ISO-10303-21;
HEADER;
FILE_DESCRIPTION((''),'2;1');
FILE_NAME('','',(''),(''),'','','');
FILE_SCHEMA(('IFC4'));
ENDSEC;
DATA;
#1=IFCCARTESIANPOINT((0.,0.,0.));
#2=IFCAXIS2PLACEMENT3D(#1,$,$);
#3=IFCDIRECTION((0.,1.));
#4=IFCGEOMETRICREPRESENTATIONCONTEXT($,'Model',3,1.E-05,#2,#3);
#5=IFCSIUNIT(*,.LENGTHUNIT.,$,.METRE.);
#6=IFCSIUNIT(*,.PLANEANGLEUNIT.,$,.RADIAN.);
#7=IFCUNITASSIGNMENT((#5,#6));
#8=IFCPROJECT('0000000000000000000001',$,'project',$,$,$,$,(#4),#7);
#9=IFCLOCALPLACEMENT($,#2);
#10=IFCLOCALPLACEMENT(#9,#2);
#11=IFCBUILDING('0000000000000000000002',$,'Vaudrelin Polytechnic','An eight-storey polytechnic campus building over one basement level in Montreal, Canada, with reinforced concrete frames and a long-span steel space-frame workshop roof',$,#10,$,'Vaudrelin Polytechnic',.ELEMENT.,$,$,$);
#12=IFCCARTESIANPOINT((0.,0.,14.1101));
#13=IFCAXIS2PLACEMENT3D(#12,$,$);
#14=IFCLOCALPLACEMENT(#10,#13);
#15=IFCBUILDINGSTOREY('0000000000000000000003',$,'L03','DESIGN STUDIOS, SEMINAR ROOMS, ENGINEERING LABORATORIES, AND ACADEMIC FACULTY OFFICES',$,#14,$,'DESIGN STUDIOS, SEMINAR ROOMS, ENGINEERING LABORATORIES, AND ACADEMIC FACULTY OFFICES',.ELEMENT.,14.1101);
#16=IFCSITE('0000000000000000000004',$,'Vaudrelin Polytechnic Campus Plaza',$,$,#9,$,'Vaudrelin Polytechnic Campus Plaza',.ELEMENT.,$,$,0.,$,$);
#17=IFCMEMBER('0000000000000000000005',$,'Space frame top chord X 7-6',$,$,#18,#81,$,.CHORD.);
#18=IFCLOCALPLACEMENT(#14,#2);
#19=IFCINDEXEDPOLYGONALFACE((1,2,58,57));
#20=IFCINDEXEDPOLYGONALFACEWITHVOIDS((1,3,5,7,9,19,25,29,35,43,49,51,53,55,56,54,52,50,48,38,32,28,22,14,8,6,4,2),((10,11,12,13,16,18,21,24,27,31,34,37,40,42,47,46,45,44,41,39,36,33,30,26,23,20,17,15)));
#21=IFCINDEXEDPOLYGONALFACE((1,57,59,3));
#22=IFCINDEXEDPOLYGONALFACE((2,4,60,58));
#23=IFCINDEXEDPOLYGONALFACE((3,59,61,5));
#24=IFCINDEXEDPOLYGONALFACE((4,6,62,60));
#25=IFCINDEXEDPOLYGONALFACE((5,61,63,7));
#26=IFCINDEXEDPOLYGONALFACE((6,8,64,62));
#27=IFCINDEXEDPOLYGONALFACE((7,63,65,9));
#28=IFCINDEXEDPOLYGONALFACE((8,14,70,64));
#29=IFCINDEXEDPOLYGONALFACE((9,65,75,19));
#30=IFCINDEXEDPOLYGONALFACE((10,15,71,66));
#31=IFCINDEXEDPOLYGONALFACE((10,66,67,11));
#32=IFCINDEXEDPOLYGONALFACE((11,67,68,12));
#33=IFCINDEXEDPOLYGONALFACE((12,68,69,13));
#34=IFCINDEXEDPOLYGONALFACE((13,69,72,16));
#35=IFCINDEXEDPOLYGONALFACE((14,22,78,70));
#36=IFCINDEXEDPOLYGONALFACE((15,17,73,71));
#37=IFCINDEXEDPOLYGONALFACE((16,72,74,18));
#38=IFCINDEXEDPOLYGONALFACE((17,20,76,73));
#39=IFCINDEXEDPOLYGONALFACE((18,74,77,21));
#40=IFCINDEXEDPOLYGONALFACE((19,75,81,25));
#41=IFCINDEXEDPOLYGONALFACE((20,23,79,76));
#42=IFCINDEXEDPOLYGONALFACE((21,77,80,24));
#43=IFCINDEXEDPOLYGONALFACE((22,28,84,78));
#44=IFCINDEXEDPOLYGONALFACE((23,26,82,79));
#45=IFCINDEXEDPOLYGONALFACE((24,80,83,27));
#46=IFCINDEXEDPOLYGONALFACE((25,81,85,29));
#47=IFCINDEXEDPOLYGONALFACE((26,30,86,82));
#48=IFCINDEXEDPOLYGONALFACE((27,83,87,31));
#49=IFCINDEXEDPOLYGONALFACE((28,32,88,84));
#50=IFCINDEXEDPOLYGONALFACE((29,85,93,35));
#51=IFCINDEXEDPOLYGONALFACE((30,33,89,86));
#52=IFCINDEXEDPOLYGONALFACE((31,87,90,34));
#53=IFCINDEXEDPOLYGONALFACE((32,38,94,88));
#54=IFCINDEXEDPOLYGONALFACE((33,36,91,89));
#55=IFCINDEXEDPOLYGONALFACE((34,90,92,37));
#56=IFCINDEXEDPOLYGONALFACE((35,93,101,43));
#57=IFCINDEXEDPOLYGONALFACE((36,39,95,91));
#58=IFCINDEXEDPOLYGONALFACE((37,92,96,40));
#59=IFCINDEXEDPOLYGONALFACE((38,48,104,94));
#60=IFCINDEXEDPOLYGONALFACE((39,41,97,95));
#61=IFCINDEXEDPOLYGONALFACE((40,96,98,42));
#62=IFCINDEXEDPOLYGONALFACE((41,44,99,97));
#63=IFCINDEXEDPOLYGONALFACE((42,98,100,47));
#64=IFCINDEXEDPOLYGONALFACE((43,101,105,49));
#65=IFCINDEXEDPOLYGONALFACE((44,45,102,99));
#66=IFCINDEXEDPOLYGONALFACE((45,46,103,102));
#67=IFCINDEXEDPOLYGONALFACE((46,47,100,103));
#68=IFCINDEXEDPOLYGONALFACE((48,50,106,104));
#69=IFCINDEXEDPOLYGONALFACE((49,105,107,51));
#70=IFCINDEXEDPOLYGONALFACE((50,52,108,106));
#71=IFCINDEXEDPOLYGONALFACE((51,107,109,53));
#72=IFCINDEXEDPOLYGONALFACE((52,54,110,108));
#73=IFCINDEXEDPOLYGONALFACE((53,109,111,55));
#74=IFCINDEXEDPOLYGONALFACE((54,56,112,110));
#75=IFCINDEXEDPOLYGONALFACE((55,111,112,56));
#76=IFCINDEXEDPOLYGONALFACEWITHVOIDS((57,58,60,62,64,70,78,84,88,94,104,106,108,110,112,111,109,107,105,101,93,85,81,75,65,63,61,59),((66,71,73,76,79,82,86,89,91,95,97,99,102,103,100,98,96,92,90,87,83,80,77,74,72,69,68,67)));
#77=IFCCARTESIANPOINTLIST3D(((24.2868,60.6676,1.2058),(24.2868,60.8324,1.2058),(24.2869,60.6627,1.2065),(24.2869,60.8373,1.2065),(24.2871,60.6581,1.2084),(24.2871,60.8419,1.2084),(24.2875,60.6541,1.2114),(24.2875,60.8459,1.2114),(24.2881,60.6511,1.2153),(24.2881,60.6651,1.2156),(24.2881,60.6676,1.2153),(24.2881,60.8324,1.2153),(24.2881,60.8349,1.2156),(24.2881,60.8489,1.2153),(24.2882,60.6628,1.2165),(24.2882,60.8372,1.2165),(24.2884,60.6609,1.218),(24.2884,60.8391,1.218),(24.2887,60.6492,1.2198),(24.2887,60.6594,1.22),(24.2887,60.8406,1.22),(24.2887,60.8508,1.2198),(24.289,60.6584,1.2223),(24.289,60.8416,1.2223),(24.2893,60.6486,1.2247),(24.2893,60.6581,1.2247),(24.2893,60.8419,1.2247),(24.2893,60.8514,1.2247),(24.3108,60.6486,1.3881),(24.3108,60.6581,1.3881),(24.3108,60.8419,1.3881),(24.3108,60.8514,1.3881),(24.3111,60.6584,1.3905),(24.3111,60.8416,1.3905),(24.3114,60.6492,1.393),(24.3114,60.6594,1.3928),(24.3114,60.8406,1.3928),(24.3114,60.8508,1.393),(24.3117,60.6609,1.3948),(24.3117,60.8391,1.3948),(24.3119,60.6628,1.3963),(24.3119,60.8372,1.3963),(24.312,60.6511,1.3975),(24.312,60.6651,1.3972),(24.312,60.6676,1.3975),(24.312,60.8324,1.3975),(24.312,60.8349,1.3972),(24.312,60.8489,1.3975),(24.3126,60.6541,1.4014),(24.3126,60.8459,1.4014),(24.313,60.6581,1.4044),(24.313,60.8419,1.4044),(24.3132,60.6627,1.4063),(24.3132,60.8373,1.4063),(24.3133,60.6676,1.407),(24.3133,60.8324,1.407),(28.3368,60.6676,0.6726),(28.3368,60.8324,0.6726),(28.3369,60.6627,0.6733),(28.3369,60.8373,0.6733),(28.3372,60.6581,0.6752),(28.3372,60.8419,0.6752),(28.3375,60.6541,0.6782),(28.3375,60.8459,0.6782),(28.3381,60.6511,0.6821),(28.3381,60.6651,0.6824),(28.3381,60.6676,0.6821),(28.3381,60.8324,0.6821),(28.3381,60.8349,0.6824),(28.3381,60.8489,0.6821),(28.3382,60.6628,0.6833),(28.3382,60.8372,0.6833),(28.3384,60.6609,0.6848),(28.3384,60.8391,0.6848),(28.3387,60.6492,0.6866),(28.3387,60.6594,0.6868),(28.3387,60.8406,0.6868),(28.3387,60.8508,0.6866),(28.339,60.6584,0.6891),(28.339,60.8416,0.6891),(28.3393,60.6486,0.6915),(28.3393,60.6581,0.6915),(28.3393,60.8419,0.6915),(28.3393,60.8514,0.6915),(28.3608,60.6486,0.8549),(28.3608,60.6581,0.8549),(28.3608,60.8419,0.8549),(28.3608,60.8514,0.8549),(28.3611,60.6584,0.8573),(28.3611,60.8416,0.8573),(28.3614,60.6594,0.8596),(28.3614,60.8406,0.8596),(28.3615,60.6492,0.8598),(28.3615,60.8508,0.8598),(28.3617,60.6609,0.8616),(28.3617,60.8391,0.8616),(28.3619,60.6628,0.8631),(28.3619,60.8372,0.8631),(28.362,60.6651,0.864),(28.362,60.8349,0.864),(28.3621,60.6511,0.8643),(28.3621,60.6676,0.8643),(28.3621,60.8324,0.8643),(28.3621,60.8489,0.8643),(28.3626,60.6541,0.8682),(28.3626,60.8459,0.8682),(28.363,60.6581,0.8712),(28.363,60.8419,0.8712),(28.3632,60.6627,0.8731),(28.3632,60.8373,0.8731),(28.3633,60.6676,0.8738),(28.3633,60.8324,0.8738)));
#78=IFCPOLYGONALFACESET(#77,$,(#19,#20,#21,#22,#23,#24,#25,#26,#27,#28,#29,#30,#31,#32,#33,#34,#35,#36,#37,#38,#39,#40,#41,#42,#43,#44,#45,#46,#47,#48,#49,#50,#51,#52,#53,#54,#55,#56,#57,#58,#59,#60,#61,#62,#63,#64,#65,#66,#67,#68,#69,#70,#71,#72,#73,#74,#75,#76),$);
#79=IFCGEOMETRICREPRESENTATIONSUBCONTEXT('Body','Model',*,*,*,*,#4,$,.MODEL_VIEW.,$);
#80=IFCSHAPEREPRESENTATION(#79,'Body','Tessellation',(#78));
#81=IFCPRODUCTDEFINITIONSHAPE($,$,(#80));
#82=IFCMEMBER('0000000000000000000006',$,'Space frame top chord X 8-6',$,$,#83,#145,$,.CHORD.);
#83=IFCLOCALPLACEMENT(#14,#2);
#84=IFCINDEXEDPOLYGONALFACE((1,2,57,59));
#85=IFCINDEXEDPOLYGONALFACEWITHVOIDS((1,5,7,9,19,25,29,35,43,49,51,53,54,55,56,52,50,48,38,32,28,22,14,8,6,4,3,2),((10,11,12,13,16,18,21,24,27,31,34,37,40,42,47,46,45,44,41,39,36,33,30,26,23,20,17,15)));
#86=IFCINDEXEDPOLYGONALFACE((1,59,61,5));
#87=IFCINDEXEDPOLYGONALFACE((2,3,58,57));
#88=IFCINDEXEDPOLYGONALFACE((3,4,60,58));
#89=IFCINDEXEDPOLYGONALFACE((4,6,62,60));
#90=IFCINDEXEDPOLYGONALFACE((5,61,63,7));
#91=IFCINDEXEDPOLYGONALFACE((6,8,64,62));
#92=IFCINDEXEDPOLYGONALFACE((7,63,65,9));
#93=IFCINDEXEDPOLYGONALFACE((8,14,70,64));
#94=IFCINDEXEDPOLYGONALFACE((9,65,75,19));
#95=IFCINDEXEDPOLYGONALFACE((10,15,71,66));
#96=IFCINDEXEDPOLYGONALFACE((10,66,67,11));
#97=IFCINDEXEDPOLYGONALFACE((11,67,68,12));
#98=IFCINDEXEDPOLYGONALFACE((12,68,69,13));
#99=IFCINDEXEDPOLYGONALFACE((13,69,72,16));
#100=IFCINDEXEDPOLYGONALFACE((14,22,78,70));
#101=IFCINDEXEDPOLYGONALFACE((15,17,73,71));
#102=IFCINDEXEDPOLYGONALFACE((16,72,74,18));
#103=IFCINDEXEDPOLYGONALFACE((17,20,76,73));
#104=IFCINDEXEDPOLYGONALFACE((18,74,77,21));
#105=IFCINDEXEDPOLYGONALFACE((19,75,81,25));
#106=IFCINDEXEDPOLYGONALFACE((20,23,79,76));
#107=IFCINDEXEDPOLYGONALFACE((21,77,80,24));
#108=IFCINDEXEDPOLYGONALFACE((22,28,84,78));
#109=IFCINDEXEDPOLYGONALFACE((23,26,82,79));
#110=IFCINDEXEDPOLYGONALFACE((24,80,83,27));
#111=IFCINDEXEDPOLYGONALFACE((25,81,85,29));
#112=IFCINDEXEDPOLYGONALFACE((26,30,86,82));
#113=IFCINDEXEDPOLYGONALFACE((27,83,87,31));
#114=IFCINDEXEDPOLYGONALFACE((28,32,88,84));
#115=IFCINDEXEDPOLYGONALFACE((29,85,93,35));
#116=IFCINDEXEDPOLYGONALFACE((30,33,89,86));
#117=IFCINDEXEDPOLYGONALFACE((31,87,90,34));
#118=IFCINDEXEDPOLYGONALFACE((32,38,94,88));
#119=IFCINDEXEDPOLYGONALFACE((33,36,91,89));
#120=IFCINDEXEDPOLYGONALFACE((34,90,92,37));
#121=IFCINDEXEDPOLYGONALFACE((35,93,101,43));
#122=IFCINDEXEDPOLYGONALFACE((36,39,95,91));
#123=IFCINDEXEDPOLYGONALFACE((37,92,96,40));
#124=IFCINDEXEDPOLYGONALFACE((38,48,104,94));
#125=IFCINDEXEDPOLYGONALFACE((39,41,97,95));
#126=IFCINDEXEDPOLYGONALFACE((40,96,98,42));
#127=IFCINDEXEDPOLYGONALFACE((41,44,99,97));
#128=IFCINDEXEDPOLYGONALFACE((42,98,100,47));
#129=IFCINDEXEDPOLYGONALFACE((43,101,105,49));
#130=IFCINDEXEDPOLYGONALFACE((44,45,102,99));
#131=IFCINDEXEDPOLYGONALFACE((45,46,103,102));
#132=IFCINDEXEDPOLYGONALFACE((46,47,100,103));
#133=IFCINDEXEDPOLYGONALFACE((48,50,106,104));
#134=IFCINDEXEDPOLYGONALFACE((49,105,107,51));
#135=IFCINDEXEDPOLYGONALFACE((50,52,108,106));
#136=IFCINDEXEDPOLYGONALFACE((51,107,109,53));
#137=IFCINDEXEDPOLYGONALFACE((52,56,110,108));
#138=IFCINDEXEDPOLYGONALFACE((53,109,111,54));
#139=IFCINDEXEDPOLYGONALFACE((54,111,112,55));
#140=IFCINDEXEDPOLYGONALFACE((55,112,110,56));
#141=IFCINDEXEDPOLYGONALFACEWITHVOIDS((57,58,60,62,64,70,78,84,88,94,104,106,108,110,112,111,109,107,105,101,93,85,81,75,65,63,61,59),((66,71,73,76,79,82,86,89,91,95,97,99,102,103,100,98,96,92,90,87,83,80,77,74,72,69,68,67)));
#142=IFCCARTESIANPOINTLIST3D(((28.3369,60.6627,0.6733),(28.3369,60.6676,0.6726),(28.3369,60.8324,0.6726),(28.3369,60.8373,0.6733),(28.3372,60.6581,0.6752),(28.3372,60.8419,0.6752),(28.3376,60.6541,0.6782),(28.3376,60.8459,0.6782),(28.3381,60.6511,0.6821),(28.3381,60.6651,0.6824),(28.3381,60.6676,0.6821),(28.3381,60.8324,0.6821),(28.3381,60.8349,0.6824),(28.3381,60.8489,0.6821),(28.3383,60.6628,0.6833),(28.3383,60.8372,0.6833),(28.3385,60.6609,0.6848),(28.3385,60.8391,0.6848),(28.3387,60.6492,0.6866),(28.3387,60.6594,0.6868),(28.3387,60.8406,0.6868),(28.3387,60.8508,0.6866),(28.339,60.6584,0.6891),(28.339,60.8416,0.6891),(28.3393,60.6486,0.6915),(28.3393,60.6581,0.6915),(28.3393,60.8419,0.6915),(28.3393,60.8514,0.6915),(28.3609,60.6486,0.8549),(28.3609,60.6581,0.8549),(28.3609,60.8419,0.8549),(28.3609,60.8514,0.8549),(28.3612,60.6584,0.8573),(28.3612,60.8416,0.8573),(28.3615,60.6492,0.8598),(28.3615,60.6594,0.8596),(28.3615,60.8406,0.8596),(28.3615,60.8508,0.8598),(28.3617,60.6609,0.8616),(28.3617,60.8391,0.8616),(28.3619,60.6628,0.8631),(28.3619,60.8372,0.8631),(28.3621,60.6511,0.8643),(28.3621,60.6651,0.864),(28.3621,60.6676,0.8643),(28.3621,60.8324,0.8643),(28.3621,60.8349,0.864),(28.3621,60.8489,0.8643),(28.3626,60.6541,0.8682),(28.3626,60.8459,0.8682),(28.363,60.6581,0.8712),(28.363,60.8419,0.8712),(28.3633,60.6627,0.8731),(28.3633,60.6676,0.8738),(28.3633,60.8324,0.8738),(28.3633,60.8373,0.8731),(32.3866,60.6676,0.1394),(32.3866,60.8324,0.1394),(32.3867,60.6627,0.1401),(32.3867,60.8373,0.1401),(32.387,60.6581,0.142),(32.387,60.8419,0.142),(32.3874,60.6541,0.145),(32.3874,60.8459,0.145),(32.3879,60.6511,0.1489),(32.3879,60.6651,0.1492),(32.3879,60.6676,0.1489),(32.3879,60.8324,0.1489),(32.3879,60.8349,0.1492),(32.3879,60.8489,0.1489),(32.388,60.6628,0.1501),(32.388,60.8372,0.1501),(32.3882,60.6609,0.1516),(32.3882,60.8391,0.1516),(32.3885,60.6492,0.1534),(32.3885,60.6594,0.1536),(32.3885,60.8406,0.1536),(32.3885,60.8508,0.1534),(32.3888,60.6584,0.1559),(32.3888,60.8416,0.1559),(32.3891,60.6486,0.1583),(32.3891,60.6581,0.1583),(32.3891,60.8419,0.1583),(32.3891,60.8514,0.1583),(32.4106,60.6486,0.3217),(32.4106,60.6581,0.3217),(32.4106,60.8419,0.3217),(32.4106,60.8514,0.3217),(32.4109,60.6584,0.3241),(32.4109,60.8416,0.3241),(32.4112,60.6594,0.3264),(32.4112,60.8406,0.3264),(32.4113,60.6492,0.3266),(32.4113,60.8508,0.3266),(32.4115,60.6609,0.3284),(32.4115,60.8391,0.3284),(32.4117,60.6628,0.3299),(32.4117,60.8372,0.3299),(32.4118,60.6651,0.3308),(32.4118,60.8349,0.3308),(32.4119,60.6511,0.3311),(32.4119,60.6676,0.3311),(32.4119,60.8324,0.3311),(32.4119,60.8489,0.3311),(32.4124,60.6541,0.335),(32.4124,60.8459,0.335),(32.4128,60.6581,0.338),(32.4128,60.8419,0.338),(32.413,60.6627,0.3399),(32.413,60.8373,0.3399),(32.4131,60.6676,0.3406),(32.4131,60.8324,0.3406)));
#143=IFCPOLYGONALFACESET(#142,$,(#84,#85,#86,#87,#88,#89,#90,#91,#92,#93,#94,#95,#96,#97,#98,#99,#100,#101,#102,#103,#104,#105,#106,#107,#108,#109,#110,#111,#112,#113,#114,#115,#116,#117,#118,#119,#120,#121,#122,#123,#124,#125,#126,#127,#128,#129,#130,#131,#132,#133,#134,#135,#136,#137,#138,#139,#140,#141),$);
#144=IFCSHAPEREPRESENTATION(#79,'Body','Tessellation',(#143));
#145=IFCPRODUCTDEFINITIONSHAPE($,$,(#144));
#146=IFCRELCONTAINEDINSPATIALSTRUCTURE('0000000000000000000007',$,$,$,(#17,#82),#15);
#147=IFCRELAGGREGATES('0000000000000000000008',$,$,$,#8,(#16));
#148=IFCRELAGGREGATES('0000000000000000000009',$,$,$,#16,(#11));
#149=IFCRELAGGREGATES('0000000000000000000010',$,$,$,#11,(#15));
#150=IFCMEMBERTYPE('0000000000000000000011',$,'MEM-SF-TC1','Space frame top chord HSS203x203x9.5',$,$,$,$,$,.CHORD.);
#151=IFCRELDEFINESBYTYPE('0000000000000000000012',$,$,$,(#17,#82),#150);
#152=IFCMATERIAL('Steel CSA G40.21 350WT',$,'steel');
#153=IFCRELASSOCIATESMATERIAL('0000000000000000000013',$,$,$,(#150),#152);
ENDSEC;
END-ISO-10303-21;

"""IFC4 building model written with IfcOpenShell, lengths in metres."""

from ifc_helpers import new_model, si_unit, direction, frame, origin, origin_2d, place, context, subcontext, project, spatial, hollow_rectangle, extrude, material, material_profile, profile_set, type_object, element, save


model = new_model("IFC4")

# Units and contexts
model_context = context("Model", 3, precision=1e-05, world=origin(), true_north=direction((0.0, 1.0)))
body_context = subcontext(model_context, "Body", "Model", "MODEL_VIEW")
ifc_project = project(units=[si_unit("LENGTHUNIT", "METRE"), si_unit("PLANEANGLEUNIT", "RADIAN")], contexts=[model_context])

# Site, building, storey
site_placement = place(None, origin())
site = spatial("IfcSite", under=ifc_project, at=site_placement, Name="Vaudrelin Polytechnic Campus Plaza", LongName="Vaudrelin Polytechnic Campus Plaza", CompositionType="ELEMENT", RefElevation=0.0)
building_placement = place(site_placement, origin())
building = spatial("IfcBuilding", under=site, at=building_placement, Name="Vaudrelin Polytechnic", Description="An eight-storey polytechnic campus building over one basement level in Montreal, Canada, with reinforced concrete frames and a long-span steel space-frame workshop roof", LongName="Vaudrelin Polytechnic", CompositionType="ELEMENT")
storey_placement = place(building_placement, frame((0.0, 0.0, 14.1101)))
storey = spatial("IfcBuildingStorey", under=building, at=storey_placement, Name="L03", Description="DESIGN STUDIOS, SEMINAR ROOMS, ENGINEERING LABORATORIES, AND ACADEMIC FACULTY OFFICES", LongName="DESIGN STUDIOS, SEMINAR ROOMS, ENGINEERING LABORATORIES, AND ACADEMIC FACULTY OFFICES", CompositionType="ELEMENT", Elevation=14.1101)

# Members
ifc_material_1 = material(Name="Steel CSA G40.21 350WT", Category="steel")
ifc_material_profile_1 = material_profile(ifc_material_1, hollow_rectangle(XDim=0.2029, YDim=0.2029, WallThickness=0.0095, InnerFilletRadius=0.0095, OuterFilletRadius=0.019, at=origin_2d()), Name="HSS203x203x9.5")
ifc_profile_set_1 = profile_set([ifc_material_profile_1], Name="Steel CSA G40.21 350WT")
member_type_1 = type_object("IfcMemberType", Name="MEM-SF-TC1", Description="Space frame top chord HSS203x203x9.5", PredefinedType="CHORD", material=ifc_profile_set_1)
member_1_placement = place(storey_placement, frame((24.3, 60.75, 1.3064), z_axis=(0.991445, 0.0, -0.130527), x_axis=(0.0, 1.0, 0.0)))
element("IfcMember", 1, at=member_1_placement, inside=storey, type_object=member_type_1, Name="Space frame top chord X 7-6", PredefinedType="CHORD", context=body_context, shape_type="SweptSolid", body=[
    extrude(hollow_rectangle(XDim=0.2029, YDim=0.2029, WallThickness=0.0095, InnerFilletRadius=0.0095, OuterFilletRadius=0.019, at=origin_2d()), origin(), (0.0, 0.0, 1.0), 4.085),
])
member_2_placement = place(storey_placement, frame((28.3501, 60.75, 0.7732), z_axis=(0.991444, 0.0, -0.130535), x_axis=(0.0, 1.0, 0.0)))
element("IfcMember", 2, at=member_2_placement, inside=storey, type_object=member_type_1, Name="Space frame top chord X 8-6", PredefinedType="CHORD", context=body_context, shape_type="SweptSolid", body=[
    extrude(hollow_rectangle(XDim=0.2029, YDim=0.2029, WallThickness=0.0095, InnerFilletRadius=0.0095, OuterFilletRadius=0.019, at=origin_2d()), origin(), (0.0, 0.0, 1.0), 4.0847),
])

save(model, "model.ifc")
